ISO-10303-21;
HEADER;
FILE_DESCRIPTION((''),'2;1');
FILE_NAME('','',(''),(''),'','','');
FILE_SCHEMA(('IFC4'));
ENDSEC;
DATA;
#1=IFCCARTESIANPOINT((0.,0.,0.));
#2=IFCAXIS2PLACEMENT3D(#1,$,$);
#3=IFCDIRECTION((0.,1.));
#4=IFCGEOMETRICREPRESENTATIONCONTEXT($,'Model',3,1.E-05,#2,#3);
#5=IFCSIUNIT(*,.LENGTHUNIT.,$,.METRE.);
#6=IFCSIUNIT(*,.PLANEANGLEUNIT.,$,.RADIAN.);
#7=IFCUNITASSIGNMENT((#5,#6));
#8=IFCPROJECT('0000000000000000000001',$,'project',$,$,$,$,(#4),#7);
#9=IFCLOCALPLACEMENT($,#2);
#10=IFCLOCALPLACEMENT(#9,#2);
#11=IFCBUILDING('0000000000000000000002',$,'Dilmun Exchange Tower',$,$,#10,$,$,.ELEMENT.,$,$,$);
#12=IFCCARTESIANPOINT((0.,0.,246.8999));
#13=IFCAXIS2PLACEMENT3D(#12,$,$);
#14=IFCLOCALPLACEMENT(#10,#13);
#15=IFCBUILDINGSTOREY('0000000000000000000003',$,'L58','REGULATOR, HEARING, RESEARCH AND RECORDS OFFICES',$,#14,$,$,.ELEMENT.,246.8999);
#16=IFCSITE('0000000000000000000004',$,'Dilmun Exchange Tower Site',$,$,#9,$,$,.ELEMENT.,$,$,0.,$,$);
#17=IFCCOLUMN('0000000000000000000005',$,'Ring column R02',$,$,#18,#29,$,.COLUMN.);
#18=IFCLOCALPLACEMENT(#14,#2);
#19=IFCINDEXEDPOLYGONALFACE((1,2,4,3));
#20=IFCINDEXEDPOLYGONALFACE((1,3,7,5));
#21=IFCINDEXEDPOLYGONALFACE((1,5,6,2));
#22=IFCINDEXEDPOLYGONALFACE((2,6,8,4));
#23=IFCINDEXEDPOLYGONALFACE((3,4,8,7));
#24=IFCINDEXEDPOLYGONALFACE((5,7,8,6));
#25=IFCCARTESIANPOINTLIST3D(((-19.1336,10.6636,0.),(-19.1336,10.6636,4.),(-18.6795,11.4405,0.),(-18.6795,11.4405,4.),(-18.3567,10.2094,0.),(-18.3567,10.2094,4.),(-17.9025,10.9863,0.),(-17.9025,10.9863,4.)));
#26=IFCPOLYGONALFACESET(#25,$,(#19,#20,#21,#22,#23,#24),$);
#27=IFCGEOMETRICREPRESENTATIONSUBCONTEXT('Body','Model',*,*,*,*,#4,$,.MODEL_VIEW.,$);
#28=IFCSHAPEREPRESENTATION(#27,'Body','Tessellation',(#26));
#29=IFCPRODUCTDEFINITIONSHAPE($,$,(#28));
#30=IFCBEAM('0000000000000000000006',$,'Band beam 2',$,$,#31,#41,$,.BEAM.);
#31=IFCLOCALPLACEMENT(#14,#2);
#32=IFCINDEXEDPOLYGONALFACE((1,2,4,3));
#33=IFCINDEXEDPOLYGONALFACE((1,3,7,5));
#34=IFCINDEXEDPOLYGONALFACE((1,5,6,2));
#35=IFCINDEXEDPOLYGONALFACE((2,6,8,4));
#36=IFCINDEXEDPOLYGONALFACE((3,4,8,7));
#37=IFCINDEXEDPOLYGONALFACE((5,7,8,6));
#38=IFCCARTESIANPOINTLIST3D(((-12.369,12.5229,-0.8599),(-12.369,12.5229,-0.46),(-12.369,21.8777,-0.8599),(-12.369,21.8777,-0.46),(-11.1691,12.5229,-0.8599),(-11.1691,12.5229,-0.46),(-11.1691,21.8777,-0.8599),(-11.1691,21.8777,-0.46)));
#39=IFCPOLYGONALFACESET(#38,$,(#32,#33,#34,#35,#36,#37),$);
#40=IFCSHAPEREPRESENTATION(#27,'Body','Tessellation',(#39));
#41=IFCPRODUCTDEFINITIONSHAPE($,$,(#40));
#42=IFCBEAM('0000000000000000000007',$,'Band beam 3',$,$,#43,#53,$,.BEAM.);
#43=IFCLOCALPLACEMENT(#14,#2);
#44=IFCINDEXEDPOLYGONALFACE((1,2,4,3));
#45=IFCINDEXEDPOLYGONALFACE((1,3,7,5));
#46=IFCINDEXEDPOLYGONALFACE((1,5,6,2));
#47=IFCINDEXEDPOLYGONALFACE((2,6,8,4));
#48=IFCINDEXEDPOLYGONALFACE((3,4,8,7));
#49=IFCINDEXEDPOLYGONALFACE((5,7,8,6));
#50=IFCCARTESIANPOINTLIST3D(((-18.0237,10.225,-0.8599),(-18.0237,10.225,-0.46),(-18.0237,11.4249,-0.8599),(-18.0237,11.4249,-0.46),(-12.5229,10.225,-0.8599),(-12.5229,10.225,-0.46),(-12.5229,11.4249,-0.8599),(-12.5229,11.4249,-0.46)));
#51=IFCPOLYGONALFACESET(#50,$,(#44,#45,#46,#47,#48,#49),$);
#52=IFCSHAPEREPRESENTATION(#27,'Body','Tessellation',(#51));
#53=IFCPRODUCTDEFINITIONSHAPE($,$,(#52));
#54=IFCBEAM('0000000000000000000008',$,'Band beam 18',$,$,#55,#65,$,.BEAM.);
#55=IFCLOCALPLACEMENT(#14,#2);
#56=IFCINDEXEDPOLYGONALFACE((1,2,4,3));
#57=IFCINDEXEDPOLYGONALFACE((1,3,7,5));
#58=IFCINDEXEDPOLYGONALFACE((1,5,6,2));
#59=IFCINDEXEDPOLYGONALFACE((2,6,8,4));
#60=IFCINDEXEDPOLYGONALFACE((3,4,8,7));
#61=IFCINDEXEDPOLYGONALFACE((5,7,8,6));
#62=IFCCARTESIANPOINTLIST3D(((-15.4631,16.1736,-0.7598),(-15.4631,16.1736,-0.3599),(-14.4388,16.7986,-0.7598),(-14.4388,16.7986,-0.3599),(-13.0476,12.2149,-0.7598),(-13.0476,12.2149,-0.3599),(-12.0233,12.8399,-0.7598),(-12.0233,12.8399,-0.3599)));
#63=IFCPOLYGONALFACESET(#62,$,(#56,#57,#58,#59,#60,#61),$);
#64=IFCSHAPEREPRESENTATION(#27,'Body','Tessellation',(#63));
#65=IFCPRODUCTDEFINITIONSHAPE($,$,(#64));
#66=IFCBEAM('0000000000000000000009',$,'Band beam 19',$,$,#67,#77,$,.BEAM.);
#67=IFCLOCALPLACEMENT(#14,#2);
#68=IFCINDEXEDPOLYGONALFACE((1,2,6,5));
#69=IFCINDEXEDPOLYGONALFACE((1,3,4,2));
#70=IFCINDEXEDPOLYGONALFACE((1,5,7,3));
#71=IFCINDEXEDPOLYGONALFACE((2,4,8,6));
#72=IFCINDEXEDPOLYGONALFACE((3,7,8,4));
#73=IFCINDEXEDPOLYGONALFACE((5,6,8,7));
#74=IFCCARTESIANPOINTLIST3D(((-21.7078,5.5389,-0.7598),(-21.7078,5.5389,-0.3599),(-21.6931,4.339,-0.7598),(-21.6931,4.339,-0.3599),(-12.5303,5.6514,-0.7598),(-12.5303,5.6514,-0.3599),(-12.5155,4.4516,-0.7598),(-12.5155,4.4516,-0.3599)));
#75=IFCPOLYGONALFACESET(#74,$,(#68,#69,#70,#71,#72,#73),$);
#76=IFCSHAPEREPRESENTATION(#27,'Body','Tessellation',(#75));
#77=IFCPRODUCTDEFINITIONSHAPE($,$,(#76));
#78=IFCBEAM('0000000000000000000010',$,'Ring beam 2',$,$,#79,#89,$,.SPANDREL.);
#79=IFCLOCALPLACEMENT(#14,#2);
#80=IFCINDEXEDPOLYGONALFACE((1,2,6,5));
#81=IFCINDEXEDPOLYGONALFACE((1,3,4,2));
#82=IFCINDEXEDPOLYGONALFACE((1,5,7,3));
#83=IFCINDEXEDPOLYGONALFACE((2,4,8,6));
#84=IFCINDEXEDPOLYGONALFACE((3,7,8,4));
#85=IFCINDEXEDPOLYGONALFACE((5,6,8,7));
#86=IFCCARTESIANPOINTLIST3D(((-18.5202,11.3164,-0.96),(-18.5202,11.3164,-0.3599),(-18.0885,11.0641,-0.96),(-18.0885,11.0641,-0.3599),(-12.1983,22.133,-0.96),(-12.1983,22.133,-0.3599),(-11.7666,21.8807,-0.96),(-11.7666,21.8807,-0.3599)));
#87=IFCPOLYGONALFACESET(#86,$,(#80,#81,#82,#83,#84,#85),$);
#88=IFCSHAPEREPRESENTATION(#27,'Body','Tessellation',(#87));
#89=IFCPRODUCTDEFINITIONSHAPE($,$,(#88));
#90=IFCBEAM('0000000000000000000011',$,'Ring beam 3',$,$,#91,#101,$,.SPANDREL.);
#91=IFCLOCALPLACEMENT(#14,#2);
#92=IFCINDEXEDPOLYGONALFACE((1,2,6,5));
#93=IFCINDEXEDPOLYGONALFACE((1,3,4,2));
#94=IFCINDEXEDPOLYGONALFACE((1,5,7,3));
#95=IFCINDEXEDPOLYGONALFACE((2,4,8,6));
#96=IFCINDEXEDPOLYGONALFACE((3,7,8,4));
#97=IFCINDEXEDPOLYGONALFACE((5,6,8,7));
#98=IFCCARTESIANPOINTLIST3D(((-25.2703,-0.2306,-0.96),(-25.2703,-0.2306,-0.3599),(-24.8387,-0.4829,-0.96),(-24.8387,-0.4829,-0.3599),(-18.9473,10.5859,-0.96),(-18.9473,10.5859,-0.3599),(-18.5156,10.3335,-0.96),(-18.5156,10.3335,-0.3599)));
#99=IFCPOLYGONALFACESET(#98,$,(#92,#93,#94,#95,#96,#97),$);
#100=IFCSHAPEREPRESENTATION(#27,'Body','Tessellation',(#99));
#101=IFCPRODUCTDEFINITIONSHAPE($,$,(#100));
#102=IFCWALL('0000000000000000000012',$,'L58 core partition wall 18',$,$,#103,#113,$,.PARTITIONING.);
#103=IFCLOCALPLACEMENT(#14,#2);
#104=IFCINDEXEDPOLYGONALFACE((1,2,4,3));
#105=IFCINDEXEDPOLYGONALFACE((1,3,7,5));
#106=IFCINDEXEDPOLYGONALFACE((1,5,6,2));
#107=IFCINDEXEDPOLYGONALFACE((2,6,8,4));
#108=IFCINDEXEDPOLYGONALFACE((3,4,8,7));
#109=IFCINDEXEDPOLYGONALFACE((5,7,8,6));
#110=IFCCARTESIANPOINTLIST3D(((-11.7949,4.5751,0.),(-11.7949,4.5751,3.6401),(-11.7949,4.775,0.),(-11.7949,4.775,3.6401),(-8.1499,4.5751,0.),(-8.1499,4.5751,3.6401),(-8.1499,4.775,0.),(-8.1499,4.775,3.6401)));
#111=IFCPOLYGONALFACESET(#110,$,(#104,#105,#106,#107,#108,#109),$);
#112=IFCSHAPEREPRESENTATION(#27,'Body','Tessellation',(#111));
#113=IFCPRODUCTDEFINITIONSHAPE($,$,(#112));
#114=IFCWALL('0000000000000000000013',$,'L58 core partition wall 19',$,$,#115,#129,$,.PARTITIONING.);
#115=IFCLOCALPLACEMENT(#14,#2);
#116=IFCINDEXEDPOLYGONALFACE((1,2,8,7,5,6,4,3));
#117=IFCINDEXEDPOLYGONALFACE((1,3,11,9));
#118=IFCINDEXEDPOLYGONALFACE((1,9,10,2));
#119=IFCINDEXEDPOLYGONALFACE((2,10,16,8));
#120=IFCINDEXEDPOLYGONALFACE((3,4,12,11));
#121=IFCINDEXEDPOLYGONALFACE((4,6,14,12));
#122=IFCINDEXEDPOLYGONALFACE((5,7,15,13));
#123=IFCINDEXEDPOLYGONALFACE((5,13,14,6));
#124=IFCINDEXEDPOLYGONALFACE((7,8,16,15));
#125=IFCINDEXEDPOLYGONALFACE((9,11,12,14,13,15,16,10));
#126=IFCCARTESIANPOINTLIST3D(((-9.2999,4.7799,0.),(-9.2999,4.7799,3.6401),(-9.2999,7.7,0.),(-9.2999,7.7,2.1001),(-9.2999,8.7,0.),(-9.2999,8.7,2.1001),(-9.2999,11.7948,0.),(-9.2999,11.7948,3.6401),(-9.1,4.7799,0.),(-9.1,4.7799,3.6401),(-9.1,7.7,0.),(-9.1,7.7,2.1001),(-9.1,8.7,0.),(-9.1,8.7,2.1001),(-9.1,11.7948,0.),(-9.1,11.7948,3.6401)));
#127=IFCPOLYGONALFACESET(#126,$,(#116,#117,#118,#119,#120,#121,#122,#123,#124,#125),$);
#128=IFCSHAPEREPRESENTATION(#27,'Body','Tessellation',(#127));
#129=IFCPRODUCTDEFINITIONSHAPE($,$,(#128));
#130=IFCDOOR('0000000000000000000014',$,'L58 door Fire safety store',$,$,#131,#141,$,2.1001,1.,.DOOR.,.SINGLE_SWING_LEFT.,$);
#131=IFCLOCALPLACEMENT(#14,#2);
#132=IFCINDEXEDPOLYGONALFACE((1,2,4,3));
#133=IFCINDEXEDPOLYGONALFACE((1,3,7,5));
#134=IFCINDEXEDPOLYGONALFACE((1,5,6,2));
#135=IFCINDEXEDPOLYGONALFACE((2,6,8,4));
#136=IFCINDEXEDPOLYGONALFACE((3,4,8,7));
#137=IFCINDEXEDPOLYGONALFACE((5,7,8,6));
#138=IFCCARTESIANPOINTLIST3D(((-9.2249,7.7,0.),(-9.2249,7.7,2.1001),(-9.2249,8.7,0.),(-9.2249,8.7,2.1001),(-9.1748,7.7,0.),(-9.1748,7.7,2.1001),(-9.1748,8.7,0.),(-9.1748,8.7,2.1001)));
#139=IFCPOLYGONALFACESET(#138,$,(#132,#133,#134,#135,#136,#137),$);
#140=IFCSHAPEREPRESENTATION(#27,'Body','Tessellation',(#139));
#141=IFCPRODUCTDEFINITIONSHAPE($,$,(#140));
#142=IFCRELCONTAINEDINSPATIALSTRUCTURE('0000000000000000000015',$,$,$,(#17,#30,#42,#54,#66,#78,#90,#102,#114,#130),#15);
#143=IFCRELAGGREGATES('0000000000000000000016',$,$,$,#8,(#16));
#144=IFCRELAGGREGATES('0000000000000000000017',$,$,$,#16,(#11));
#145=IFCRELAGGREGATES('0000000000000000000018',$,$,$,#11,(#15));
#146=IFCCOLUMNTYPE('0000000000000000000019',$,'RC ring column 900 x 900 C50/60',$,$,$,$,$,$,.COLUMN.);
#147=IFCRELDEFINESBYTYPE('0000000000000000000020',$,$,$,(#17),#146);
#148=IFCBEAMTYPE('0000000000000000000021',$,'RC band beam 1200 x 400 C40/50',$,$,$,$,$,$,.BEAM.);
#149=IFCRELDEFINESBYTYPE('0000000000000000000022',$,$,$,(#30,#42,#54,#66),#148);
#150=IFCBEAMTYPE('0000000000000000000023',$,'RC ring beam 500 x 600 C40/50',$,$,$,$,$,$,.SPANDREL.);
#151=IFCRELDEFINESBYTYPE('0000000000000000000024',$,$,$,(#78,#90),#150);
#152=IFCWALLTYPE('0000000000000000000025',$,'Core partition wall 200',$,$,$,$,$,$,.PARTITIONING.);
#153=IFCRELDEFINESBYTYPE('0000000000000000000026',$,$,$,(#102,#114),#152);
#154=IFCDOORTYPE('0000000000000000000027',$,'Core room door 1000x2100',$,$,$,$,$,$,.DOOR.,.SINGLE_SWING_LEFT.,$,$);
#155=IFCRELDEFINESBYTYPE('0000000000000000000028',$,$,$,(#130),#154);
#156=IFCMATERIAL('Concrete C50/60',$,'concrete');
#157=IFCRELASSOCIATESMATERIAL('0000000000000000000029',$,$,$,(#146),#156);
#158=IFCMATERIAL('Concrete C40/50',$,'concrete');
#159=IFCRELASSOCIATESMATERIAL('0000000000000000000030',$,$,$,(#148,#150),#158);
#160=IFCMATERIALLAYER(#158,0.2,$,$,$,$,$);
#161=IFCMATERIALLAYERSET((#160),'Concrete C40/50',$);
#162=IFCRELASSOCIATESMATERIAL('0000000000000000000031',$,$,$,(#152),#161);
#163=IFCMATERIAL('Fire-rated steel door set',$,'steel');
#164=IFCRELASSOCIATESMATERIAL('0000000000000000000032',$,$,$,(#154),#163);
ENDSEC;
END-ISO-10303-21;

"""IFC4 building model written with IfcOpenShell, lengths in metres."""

from ifc_helpers import new_model, si_unit, direction, frame, frame_2d, origin, origin_2d, place, context, subcontext, project, spatial, rectangle, extrude, material, layer, layer_set, material_profile, profile_set, type_object, element, fill, save


model = new_model("IFC4")

# Units and contexts
model_context = context("Model", 3, precision=1e-05, world=origin(), true_north=direction((0.0, 1.0)))
body_context = subcontext(model_context, "Body", "Model", "MODEL_VIEW")
ifc_project = project(units=[si_unit("LENGTHUNIT", "METRE"), si_unit("PLANEANGLEUNIT", "RADIAN")], contexts=[model_context])

# Site, building, storey
site_placement = place(None, origin())
site = spatial("IfcSite", under=ifc_project, at=site_placement, Name="Dilmun Exchange Tower Site", CompositionType="ELEMENT", RefElevation=0.0)
building_placement = place(site_placement, origin())
building = spatial("IfcBuilding", under=site, at=building_placement, Name="Dilmun Exchange Tower", CompositionType="ELEMENT")
storey_placement = place(building_placement, frame((0.0, 0.0, 246.8999)))
storey = spatial("IfcBuildingStorey", under=building, at=storey_placement, Name="L58", Description="REGULATOR, HEARING, RESEARCH AND RECORDS OFFICES", CompositionType="ELEMENT", Elevation=246.8999)

# Column
ifc_material_1 = material(Name="Concrete C50/60", Category="concrete")
ifc_material_profile_1 = material_profile(ifc_material_1, rectangle(XDim=0.8999, YDim=0.8999, at=origin_2d()), Name="900 x 900")
ifc_profile_set_1 = profile_set([ifc_material_profile_1], Name="Concrete C50/60")
column_type = type_object("IfcColumnType", Name="RC ring column 900 x 900 C50/60", PredefinedType="COLUMN", material=ifc_profile_set_1)
column_placement = place(storey_placement, frame((-18.5181, 10.825, 0.0), z_axis=(0.0, 0.0, 1.0), x_axis=(0.504644, 0.863328, 0.0)))
element("IfcColumn", 1, at=column_placement, inside=storey, type_object=column_type, Name="Ring column R02", PredefinedType="COLUMN", context=body_context, shape_type="SweptSolid", body=[
    extrude(rectangle(XDim=0.8999, YDim=0.8999, at=origin_2d()), origin(), (0.0, 0.0, 1.0), 4.0),
])

# Beams
ifc_material_2 = material(Name="Concrete C40/50", Category="concrete")
ifc_material_profile_2 = material_profile(ifc_material_2, rectangle(XDim=1.2, YDim=0.3999, at=origin_2d()), Name="1200 x 400")
ifc_profile_set_2 = profile_set([ifc_material_profile_2], Name="Concrete C40/50")
beam_type_1 = type_object("IfcBeamType", Name="RC band beam 1200 x 400 C40/50", PredefinedType="BEAM", material=ifc_profile_set_2)
beam_1_placement = place(storey_placement, frame((-11.769, 21.8777, -0.6599), z_axis=(0.0, -1.0, 0.0), x_axis=(1.0, 0.0, 0.0)))
element("IfcBeam", 2, at=beam_1_placement, inside=storey, type_object=beam_type_1, Name="Band beam 2", PredefinedType="BEAM", context=body_context, shape_type="SweptSolid", body=[
    extrude(rectangle(XDim=1.2, YDim=0.3999, at=origin_2d()), origin(), (0.0, 0.0, 1.0), 9.3547),
])
beam_2_placement = place(storey_placement, frame((-18.0237, 10.825, -0.6599), z_axis=(1.0, 0.0, 0.0), x_axis=(0.0, 1.0, 0.0)))
element("IfcBeam", 3, at=beam_2_placement, inside=storey, type_object=beam_type_1, Name="Band beam 3", PredefinedType="BEAM", context=body_context, shape_type="SweptSolid", body=[
    extrude(rectangle(XDim=1.2, YDim=0.3999, at=origin_2d()), origin(), (0.0, 0.0, 1.0), 5.5007),
])
beam_3_placement = place(storey_placement, frame((-14.9509, 16.4861, -0.5598), z_axis=(0.520869, -0.853637, 0.0), x_axis=(0.853637, 0.520869, 0.0)))
element("IfcBeam", 4, at=beam_3_placement, inside=storey, type_object=beam_type_1, Name="Band beam 18", PredefinedType="BEAM", context=body_context, shape_type="SweptSolid", body=[
    extrude(rectangle(XDim=1.2, YDim=0.3999, at=origin_2d()), origin(), (0.0, 0.0, 1.0), 4.6375),
])
beam_4_placement = place(storey_placement, frame((-21.7004, 4.939, -0.5598), z_axis=(0.999925, 0.012263, 0.0), x_axis=(-0.012263, 0.999925, 0.0)))
element("IfcBeam", 5, at=beam_4_placement, inside=storey, type_object=beam_type_1, Name="Band beam 19", PredefinedType="BEAM", context=body_context, shape_type="SweptSolid", body=[
    extrude(rectangle(XDim=1.2, YDim=0.3999, at=origin_2d()), origin(), (0.0, 0.0, 1.0), 9.1782),
])
ifc_material_profile_3 = material_profile(ifc_material_2, rectangle(XDim=0.5, YDim=0.6001, at=origin_2d()), Name="500 x 600")
ifc_profile_set_3 = profile_set([ifc_material_profile_3], Name="Concrete C40/50")
beam_type_2 = type_object("IfcBeamType", Name="RC ring beam 500 x 600 C40/50", PredefinedType="SPANDREL", material=ifc_profile_set_3)
beam_5_placement = place(storey_placement, frame((-11.9824, 22.0068, -0.6599), z_axis=(-0.504604, -0.863351, 0.0), x_axis=(0.863351, -0.504604, 0.0)))
element("IfcBeam", 6, at=beam_5_placement, inside=storey, type_object=beam_type_2, Name="Ring beam 2", PredefinedType="SPANDREL", context=body_context, shape_type="SweptSolid", body=[
    extrude(rectangle(XDim=0.5, YDim=0.6001, at=origin_2d()), origin(), (0.0, 0.0, 1.0), 12.5286),
])
beam_6_placement = place(storey_placement, frame((-18.7314, 10.4597, -0.6599), z_axis=(-0.50467, -0.863312, 0.0), x_axis=(0.863312, -0.50467, 0.0)))
element("IfcBeam", 7, at=beam_6_placement, inside=storey, type_object=beam_type_2, Name="Ring beam 3", PredefinedType="SPANDREL", context=body_context, shape_type="SweptSolid", body=[
    extrude(rectangle(XDim=0.5, YDim=0.6001, at=origin_2d()), origin(), (0.0, 0.0, 1.0), 12.5291),
])

# Wall
ifc_layer_1 = layer(ifc_material_2, 0.2)
ifc_layer_set_1 = layer_set([ifc_layer_1], Name="Concrete C40/50")
wall_type_1 = type_object("IfcWallType", Name="Core partition wall 200", PredefinedType="PARTITIONING", material=ifc_layer_set_1)
wall_1_placement = place(storey_placement, frame((-11.7949, 4.675, 0.0), z_axis=(0.0, 0.0, 1.0), x_axis=(1.0, 0.0, 0.0)))
element("IfcWall", 8, at=wall_1_placement, inside=storey, type_object=wall_type_1, Name="L58 core partition wall 18", PredefinedType="PARTITIONING", context=body_context, shape_type="SweptSolid", body=[
    extrude(rectangle(XDim=3.645, YDim=0.2, at=frame_2d((1.8225, 0.0))), origin(), (0.0, 0.0, 1.0), 3.6401),
])

# Wall, opening, door
wall_2_placement = place(storey_placement, frame((-9.2, 4.78, 0.0), z_axis=(0.0, 0.0, 1.0), x_axis=(0.0, 1.0, 0.0)))
wall_2 = element("IfcWall", 9, at=wall_2_placement, inside=storey, type_object=wall_type_1, Name="L58 core partition wall 19", PredefinedType="PARTITIONING", context=body_context, shape_type="SweptSolid", body=[
    extrude(rectangle(XDim=7.0149, YDim=0.2, at=frame_2d((3.5073, 0.0))), origin(), (0.0, 0.0, 1.0), 3.6401),
])
opening_1_placement = place(wall_2_placement, frame((2.9199, 0.0, 0.0)))
opening_1 = element("IfcOpeningElement", 10, at=opening_1_placement, cuts=wall_2, PredefinedType="OPENING", context=body_context, shape_type="SweptSolid", body=[
    extrude(rectangle(XDim=1.0, YDim=2.1001, at=frame_2d((0.5, 1.05))), frame((0.0, 0.1099, 0.0), z_axis=(0.0, -1.0, 0.0), x_axis=(1.0, 0.0, 0.0)), (0.0, 0.0, 1.0), 0.22),
])
ifc_material_3 = material(Name="Fire-rated steel door set", Category="steel")
door_type_1 = type_object("IfcDoorType", Name="Core room door 1000x2100", OperationType="SINGLE_SWING_LEFT", PredefinedType="DOOR", material=ifc_material_3)
door_1_placement = place(opening_1_placement, origin())
door_1 = element("IfcDoor", 11, at=door_1_placement, inside=storey, type_object=door_type_1, Name="L58 door Fire safety store", OperationType="SINGLE_SWING_LEFT", OverallHeight=2.1001, OverallWidth=1.0, PredefinedType="DOOR", context=body_context, shape_type="SweptSolid", body=[
    extrude(rectangle(XDim=1.0, YDim=2.1001, at=frame_2d((0.5, 1.05))), frame((0.0, 0.0249, 0.0), z_axis=(0.0, -1.0, 0.0), x_axis=(1.0, 0.0, 0.0)), (0.0, 0.0, 1.0), 0.05),
])
fill(opening_1, door_1)

save(model, "model.ifc")
